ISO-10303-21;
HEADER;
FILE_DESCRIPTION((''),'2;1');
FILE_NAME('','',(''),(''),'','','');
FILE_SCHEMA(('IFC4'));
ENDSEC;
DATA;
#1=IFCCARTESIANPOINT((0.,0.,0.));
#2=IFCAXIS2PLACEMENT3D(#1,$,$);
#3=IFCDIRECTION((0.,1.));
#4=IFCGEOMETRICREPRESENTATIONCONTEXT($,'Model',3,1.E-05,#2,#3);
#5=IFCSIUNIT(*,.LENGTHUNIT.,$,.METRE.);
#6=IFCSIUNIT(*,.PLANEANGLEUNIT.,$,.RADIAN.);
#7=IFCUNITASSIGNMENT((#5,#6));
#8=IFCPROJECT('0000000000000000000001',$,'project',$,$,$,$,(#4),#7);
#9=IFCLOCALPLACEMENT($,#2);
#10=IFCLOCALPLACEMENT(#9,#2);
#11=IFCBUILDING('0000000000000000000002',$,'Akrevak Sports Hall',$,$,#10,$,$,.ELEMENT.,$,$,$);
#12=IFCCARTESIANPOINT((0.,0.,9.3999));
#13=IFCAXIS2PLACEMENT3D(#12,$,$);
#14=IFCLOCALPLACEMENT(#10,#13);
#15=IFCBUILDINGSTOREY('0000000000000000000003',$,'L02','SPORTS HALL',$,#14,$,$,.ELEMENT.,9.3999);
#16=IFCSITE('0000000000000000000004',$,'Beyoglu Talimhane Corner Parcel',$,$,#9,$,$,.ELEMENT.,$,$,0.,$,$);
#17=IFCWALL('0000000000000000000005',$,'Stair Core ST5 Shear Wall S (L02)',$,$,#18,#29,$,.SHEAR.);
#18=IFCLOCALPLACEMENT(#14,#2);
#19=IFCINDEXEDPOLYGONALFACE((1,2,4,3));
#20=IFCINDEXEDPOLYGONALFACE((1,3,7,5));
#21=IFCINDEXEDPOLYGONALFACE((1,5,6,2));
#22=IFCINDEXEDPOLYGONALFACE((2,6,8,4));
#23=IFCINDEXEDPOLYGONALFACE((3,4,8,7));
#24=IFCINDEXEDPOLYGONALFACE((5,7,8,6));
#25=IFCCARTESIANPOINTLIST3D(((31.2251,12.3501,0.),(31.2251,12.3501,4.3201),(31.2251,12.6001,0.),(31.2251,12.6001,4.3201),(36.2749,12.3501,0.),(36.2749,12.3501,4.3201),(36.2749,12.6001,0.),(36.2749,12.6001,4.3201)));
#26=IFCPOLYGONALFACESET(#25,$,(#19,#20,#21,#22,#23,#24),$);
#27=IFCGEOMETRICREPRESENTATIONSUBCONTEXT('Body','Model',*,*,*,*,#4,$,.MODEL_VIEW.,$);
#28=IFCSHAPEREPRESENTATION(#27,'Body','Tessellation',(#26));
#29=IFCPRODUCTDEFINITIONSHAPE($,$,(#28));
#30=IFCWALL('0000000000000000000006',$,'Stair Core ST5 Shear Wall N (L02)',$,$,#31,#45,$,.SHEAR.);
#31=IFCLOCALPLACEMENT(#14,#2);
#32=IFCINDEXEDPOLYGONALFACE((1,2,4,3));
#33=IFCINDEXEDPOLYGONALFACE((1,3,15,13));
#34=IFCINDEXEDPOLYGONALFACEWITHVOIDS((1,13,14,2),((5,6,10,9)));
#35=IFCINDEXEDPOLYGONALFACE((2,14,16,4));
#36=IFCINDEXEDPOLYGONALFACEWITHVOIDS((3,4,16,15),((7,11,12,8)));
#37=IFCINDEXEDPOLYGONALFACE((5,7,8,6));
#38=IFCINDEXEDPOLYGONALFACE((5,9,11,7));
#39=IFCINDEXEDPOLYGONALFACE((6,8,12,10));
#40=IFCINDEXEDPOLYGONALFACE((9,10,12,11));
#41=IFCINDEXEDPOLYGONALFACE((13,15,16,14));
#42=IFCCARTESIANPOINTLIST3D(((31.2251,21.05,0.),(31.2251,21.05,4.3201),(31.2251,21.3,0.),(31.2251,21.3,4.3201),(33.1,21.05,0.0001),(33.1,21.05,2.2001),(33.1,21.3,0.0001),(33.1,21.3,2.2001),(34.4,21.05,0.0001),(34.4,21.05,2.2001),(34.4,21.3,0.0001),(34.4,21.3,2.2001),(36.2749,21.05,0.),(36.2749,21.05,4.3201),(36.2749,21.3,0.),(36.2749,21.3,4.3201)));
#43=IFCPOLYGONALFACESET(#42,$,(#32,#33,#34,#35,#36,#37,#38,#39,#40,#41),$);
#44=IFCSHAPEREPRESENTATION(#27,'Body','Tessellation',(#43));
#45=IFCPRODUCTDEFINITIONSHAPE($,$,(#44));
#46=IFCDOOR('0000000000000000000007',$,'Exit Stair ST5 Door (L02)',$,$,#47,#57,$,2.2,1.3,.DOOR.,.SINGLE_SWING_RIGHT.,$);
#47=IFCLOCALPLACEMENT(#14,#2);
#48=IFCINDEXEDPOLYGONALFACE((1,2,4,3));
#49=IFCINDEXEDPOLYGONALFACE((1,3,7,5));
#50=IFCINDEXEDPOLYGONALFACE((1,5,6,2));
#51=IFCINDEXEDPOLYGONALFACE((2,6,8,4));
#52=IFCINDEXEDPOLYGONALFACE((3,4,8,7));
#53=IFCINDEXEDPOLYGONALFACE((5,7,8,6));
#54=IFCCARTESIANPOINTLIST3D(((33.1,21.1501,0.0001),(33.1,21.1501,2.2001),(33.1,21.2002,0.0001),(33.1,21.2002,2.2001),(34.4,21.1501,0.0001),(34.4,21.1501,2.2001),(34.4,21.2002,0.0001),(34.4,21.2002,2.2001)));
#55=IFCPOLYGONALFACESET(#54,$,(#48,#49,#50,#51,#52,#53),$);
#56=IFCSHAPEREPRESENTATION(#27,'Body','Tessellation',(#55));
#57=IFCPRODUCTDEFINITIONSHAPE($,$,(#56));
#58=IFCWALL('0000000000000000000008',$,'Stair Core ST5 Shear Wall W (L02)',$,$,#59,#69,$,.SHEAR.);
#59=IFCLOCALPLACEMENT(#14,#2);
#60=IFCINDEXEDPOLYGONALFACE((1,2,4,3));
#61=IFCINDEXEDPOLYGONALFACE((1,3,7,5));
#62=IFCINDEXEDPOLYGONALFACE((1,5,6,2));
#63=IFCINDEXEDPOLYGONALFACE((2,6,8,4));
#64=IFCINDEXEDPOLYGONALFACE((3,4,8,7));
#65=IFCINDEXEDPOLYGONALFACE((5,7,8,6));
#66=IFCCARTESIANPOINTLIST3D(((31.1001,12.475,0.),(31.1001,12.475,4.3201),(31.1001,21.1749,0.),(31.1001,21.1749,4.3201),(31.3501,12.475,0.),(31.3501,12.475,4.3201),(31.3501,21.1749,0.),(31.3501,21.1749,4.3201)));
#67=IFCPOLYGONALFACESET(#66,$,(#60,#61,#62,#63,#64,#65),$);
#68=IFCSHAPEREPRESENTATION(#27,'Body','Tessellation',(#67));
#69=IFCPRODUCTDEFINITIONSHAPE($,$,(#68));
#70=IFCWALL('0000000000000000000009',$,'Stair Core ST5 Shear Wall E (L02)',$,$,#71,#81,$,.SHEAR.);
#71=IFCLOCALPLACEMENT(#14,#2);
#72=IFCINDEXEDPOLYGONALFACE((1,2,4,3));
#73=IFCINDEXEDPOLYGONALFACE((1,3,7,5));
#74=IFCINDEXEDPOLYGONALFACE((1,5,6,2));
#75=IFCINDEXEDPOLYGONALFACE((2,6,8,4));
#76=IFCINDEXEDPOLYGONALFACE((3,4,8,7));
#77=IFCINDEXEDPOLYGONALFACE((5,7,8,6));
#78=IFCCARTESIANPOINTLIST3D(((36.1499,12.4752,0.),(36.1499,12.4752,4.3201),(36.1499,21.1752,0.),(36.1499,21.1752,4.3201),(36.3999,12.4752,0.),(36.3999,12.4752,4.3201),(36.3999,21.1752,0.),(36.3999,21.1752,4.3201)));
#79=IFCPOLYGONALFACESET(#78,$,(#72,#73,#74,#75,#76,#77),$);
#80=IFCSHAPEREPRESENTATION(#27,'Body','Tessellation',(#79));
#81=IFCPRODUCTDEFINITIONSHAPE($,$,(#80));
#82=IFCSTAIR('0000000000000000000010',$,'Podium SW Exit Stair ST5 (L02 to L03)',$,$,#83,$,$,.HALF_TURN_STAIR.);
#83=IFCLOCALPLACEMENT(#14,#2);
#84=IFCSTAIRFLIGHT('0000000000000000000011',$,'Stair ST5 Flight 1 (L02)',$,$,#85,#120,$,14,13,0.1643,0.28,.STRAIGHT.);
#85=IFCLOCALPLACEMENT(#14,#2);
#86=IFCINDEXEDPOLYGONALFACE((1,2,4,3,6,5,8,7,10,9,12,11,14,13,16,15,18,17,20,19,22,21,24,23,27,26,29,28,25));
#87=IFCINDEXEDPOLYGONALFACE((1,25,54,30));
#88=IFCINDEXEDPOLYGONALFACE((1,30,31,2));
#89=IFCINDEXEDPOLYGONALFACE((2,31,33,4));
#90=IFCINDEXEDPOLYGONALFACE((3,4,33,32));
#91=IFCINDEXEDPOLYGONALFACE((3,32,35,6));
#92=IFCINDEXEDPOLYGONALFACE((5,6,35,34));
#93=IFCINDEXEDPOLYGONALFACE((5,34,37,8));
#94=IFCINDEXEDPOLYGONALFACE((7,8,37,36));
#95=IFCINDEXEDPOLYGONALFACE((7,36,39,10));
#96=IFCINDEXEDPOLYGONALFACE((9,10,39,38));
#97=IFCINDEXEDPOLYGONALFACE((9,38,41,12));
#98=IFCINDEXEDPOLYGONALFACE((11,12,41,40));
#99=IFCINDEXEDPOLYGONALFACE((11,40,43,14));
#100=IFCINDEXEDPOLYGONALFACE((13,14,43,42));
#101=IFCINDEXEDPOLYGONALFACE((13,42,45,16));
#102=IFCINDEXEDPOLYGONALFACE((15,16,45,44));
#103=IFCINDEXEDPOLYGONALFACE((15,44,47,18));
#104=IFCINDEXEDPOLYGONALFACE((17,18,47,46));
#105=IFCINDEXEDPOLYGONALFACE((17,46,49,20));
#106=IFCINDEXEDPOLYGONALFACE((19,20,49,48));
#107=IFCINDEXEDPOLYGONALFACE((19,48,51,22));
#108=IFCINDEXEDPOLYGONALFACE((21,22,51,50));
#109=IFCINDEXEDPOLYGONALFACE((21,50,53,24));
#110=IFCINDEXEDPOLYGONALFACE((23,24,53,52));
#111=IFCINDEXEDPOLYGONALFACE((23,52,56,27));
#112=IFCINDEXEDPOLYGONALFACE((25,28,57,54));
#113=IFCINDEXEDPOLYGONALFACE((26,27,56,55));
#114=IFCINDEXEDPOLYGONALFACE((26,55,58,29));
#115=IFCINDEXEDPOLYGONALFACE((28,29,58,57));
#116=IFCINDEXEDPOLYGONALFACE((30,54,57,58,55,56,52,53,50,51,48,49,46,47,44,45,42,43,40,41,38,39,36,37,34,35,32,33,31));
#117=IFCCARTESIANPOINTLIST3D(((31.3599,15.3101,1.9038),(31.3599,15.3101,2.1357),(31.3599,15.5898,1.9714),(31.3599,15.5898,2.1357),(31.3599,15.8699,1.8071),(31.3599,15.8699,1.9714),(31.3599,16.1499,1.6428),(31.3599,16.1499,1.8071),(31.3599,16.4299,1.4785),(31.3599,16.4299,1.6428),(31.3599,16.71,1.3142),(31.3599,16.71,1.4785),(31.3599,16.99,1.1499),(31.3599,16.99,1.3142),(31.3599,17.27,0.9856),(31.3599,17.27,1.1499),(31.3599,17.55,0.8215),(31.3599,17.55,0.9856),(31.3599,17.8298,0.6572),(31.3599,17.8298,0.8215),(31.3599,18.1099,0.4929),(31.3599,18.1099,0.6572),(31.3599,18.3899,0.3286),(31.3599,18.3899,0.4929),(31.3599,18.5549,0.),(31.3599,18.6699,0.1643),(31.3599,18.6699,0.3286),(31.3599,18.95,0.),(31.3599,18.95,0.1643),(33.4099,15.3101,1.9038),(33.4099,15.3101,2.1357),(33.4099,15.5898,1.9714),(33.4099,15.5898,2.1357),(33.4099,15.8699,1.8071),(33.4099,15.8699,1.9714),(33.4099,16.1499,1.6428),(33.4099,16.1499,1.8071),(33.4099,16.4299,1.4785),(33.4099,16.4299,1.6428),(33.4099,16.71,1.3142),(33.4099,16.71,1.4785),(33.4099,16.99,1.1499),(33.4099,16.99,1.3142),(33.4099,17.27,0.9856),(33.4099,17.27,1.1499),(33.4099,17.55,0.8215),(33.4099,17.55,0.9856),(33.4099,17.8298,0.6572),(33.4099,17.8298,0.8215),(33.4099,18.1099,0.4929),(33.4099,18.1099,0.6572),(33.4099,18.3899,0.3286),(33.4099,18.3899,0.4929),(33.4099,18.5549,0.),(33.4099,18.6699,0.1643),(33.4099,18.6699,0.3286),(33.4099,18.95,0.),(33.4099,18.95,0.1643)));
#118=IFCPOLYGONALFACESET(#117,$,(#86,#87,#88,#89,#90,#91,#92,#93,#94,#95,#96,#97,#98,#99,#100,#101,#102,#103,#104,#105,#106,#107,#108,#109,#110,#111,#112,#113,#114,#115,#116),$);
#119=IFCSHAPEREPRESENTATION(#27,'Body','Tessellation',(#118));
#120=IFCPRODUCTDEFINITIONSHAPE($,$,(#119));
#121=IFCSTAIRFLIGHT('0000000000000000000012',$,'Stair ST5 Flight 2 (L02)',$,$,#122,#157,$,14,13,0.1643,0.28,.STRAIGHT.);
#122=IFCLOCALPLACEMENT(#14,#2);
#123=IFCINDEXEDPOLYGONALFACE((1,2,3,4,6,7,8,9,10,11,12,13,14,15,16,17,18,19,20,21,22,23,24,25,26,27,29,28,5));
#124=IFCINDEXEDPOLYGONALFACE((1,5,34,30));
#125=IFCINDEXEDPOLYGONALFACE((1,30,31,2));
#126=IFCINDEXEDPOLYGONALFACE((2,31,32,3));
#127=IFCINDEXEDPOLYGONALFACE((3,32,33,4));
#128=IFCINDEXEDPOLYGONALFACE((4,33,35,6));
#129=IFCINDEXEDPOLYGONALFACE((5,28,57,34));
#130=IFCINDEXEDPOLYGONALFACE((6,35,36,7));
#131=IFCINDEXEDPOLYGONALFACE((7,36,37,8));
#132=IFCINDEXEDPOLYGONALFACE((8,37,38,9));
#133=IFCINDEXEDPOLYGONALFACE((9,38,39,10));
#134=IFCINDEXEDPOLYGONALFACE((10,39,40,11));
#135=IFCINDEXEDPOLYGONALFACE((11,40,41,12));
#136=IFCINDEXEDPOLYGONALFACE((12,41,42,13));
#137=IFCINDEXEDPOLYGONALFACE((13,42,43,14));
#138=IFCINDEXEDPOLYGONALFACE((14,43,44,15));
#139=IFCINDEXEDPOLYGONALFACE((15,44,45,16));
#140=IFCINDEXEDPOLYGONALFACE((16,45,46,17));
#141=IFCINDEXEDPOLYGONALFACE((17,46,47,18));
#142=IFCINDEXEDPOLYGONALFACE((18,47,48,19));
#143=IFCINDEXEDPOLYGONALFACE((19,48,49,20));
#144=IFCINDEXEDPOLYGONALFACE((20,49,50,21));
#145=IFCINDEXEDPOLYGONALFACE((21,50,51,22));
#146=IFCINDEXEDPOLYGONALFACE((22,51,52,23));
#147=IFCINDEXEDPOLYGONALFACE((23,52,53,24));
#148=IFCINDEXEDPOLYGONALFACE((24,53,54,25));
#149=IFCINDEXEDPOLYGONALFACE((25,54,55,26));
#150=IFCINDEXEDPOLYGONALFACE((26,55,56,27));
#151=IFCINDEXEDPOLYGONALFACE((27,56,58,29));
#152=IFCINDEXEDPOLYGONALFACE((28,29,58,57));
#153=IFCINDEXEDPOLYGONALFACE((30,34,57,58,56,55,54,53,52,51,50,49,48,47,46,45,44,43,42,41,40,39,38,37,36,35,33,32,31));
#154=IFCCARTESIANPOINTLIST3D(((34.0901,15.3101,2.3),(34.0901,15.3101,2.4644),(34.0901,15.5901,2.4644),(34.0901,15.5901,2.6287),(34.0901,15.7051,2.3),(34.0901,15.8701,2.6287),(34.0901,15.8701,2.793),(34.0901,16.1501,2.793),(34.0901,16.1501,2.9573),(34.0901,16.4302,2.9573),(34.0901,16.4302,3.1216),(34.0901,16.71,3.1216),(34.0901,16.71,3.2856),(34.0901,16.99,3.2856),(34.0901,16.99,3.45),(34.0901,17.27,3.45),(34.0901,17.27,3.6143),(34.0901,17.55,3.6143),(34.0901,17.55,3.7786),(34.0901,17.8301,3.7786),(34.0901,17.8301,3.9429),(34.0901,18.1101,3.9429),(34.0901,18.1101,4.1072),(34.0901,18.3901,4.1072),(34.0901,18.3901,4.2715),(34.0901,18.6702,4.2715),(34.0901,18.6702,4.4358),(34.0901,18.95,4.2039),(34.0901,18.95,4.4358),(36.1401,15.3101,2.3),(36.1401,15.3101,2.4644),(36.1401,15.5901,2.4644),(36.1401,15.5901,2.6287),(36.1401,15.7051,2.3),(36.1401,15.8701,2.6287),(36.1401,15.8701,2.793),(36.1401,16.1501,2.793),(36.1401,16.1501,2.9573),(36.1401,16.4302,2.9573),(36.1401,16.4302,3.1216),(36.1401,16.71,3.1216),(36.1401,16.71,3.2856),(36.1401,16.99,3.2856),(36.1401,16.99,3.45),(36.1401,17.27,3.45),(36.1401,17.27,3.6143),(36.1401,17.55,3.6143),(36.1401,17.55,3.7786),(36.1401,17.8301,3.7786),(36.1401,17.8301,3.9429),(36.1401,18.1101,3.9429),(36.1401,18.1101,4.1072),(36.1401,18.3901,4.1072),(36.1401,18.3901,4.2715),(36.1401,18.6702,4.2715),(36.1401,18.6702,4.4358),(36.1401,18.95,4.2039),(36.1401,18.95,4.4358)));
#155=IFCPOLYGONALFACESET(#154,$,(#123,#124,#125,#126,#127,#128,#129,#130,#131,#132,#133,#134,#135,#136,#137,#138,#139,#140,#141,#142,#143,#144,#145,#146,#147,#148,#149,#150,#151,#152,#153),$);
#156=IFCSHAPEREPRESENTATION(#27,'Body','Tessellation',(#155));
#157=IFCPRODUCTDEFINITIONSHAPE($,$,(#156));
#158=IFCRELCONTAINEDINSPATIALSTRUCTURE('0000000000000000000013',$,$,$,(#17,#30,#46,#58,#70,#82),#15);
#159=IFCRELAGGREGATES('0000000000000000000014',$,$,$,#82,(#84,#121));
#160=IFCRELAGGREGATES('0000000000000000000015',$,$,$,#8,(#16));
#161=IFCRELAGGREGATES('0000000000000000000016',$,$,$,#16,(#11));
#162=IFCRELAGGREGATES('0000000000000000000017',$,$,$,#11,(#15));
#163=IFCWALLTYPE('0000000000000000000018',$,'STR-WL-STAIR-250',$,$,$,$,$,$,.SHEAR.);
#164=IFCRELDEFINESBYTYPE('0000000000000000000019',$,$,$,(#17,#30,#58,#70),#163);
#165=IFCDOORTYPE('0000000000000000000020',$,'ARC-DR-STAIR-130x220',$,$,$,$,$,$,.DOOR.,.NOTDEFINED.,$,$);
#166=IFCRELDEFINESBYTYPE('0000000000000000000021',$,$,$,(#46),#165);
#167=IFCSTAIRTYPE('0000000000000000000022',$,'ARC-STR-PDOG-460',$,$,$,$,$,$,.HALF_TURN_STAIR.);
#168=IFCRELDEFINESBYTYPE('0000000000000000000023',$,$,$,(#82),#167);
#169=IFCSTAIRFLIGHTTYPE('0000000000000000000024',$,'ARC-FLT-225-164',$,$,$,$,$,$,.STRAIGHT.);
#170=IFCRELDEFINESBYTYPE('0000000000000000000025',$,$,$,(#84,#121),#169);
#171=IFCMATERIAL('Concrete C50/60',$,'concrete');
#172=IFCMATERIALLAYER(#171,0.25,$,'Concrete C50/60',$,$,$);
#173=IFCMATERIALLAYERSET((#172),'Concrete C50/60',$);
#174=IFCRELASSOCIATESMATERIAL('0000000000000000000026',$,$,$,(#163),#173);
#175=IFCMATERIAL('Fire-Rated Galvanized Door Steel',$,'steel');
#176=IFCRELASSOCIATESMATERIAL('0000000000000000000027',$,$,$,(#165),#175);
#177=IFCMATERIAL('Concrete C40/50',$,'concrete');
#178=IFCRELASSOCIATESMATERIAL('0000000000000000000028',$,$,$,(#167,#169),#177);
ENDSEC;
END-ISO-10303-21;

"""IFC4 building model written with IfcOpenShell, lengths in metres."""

from ifc_helpers import new_model, si_unit, direction, frame, frame_2d, origin, place, context, subcontext, project, spatial, polyline, rectangle, outline, extrude, material, layer, layer_set, type_object, element, fill, aggregate, save


model = new_model("IFC4")

# Units and contexts
model_context = context("Model", 3, precision=1e-05, world=origin(), true_north=direction((0.0, 1.0)))
body_context = subcontext(model_context, "Body", "Model", "MODEL_VIEW")
ifc_project = project(units=[si_unit("LENGTHUNIT", "METRE"), si_unit("PLANEANGLEUNIT", "RADIAN")], contexts=[model_context])

# Site, building, storey
site_placement = place(None, origin())
site = spatial("IfcSite", under=ifc_project, at=site_placement, Name="Beyoglu Talimhane Corner Parcel", CompositionType="ELEMENT", RefElevation=0.0)
building_placement = place(site_placement, origin())
building = spatial("IfcBuilding", under=site, at=building_placement, Name="Akrevak Sports Hall", CompositionType="ELEMENT")
storey_placement = place(building_placement, frame((0.0, 0.0, 9.3999)))
storey = spatial("IfcBuildingStorey", under=building, at=storey_placement, Name="L02", Description="SPORTS HALL", CompositionType="ELEMENT", Elevation=9.3999)

# Shared definitions
ifc_material_1 = material(Name="Concrete C40/50", Category="concrete")

# Wall
ifc_material_2 = material(Name="Concrete C50/60", Category="concrete")
ifc_layer_1 = layer(ifc_material_2, 0.25, Name="Concrete C50/60")
ifc_layer_set_1 = layer_set([ifc_layer_1], Name="Concrete C50/60")
wall_type_1 = type_object("IfcWallType", Name="STR-WL-STAIR-250", PredefinedType="SHEAR", material=ifc_layer_set_1)
wall_1_placement = place(storey_placement, frame((31.2251, 12.4751, 0.0), z_axis=(0.0, 0.0, 1.0), x_axis=(1.0, 0.0, 0.0)))
element("IfcWall", 1, at=wall_1_placement, inside=storey, type_object=wall_type_1, Name="Stair Core ST5 Shear Wall S (L02)", PredefinedType="SHEAR", context=body_context, shape_type="SweptSolid", body=[
    extrude(rectangle(XDim=5.0498, YDim=0.25, at=frame_2d((2.5249, 0.0))), origin(), (0.0, 0.0, 1.0), 4.3201),
])

# Wall, opening, door
wall_2_placement = place(storey_placement, frame((36.2749, 21.175, 0.0), z_axis=(0.0, 0.0, 1.0), x_axis=(-1.0, 0.0, 0.0)))
wall_2 = element("IfcWall", 2, at=wall_2_placement, inside=storey, type_object=wall_type_1, Name="Stair Core ST5 Shear Wall N (L02)", PredefinedType="SHEAR", context=body_context, shape_type="SweptSolid", body=[
    extrude(rectangle(XDim=5.0498, YDim=0.25, at=frame_2d((2.5249, 0.0))), origin(), (0.0, 0.0, 1.0), 4.3201),
])
opening_1_placement = place(wall_2_placement, frame((1.875, 0.0, 0.0)))
opening_1 = element("IfcOpeningElement", 3, at=opening_1_placement, cuts=wall_2, PredefinedType="OPENING", context=body_context, shape_type="SweptSolid", body=[
    extrude(rectangle(XDim=1.3, YDim=2.2, at=frame_2d((0.6499, 1.1001))), frame((0.0, 0.137, 0.0), z_axis=(0.0, -1.0, 0.0), x_axis=(1.0, 0.0, 0.0)), (0.0, 0.0, 1.0), 0.2739),
])
ifc_material_3 = material(Name="Fire-Rated Galvanized Door Steel", Category="steel")
door_type_1 = type_object("IfcDoorType", Name="ARC-DR-STAIR-130x220", OperationType="NOTDEFINED", PredefinedType="DOOR", material=ifc_material_3)
door_1_placement = place(opening_1_placement, origin())
door_1 = element("IfcDoor", 4, at=door_1_placement, inside=storey, type_object=door_type_1, Name="Exit Stair ST5 Door (L02)", OperationType="SINGLE_SWING_RIGHT", OverallHeight=2.2, OverallWidth=1.3, PredefinedType="DOOR", context=body_context, shape_type="SweptSolid", body=[
    extrude(rectangle(XDim=1.3, YDim=2.2, at=frame_2d((0.6499, 1.1001))), frame((0.0, 0.0249, 0.0), z_axis=(0.0, -1.0, 0.0), x_axis=(1.0, 0.0, 0.0)), (0.0, 0.0, 1.0), 0.05),
])
fill(opening_1, door_1)

# Walls
for number, where, z_axis, x_axis, name in (
    (5, (31.2251, 21.175, 0.0), (0.0, 0.0, 1.0), (0.0, -1.0, 0.0), "Stair Core ST5 Shear Wall W (L02)"),
    (6, (36.2749, 12.4751, 0.0), (0.0, 0.0, 1.0), (0.0, 1.0, 0.0), "Stair Core ST5 Shear Wall E (L02)"),
):
    element("IfcWall", number, at=place(storey_placement, frame(where, z_axis=z_axis, x_axis=x_axis)), inside=storey, type_object=wall_type_1, Name=name, PredefinedType="SHEAR", context=body_context, shape_type="SweptSolid", body=[
        extrude(rectangle(XDim=8.7, YDim=0.25, at=frame_2d((4.3501, 0.0))), origin(), (0.0, 0.0, 1.0), 4.3201),
    ])

# Stair, stair flights
stair_type = type_object("IfcStairType", Name="ARC-STR-PDOG-460", PredefinedType="HALF_TURN_STAIR", material=ifc_material_1)
stair_placement = place(storey_placement, origin())
stair = element("IfcStair", 7, at=stair_placement, inside=storey, type_object=stair_type, Name="Podium SW Exit Stair ST5 (L02 to L03)", PredefinedType="HALF_TURN_STAIR")
stair_flight_type = type_object("IfcStairFlightType", Name="ARC-FLT-225-164", PredefinedType="STRAIGHT", material=ifc_material_1)
stair_flight_1_placement = place(storey_placement, frame((32.385, 18.95, 0.0), z_axis=(0.0, 0.0, 1.0), x_axis=(0.0, -1.0, 0.0)))
stair_flight_1 = element("IfcStairFlight", 8, at=stair_flight_1_placement, type_object=stair_flight_type, Name="Stair ST5 Flight 1 (L02)", NumberOfRisers=14, NumberOfTreads=13, PredefinedType="STRAIGHT", RiserHeight=0.1643, TreadLength=0.28, context=body_context, shape_type="SweptSolid", body=[
    extrude(outline(polyline([(0.0, 0.0), (0.0, 0.1643), (0.28, 0.1643), (0.28, 0.3286), (0.5601, 0.3286), (0.5601, 0.4929), (0.8401, 0.4929), (0.8401, 0.6572), (1.1201, 0.6572), (1.1201, 0.8215), (1.3999, 0.8215), (1.3999, 0.9856), (1.6799, 0.9856), (1.6799, 1.1499), (1.96, 1.1499), (1.96, 1.3142), (2.24, 1.3142), (2.24, 1.4785), (2.52, 1.4785), (2.52, 1.6428), (2.8, 1.6428), (2.8, 1.8071), (3.0801, 1.8071), (3.0801, 1.9714), (3.3601, 1.9714), (3.3601, 2.1357), (3.6399, 2.1357), (3.6399, 2.3), (3.6399, 1.9038), (0.395, 0.0), (0.0, 0.0)])), frame((0.0, 1.0249, 0.0), z_axis=(0.0, -1.0, 0.0), x_axis=(1.0, 0.0, 0.0)), (0.0, 0.0, 1.0), 2.05),
])
stair_flight_2_placement = place(storey_placement, frame((35.115, 15.3101, 2.3), z_axis=(0.0, 0.0, 1.0), x_axis=(0.0, 1.0, 0.0)))
stair_flight_2 = element("IfcStairFlight", 9, at=stair_flight_2_placement, type_object=stair_flight_type, Name="Stair ST5 Flight 2 (L02)", NumberOfRisers=14, NumberOfTreads=13, PredefinedType="STRAIGHT", RiserHeight=0.1643, TreadLength=0.28, context=body_context, shape_type="SweptSolid", body=[
    extrude(outline(polyline([(0.0, 0.0), (0.0, 0.1643), (0.28, 0.1643), (0.28, 0.3286), (0.5601, 0.3286), (0.5601, 0.4929), (0.8401, 0.4929), (0.8401, 0.6572), (1.1201, 0.6572), (1.1201, 0.8215), (1.3999, 0.8215), (1.3999, 0.9856), (1.6799, 0.9856), (1.6799, 1.1499), (1.96, 1.1499), (1.96, 1.3142), (2.24, 1.3142), (2.24, 1.4785), (2.52, 1.4785), (2.52, 1.6428), (2.8, 1.6428), (2.8, 1.8071), (3.0801, 1.8071), (3.0801, 1.9714), (3.3601, 1.9714), (3.3601, 2.1357), (3.6399, 2.1357), (3.6399, 2.3), (3.6399, 1.9038), (0.395, 0.0), (0.0, 0.0)])), frame((0.0, 1.0249, 0.0), z_axis=(0.0, -1.0, 0.0), x_axis=(1.0, 0.0, 0.0)), (0.0, 0.0, 1.0), 2.05),
])
aggregate(stair, [stair_flight_1, stair_flight_2])

save(model, "model.ifc")
